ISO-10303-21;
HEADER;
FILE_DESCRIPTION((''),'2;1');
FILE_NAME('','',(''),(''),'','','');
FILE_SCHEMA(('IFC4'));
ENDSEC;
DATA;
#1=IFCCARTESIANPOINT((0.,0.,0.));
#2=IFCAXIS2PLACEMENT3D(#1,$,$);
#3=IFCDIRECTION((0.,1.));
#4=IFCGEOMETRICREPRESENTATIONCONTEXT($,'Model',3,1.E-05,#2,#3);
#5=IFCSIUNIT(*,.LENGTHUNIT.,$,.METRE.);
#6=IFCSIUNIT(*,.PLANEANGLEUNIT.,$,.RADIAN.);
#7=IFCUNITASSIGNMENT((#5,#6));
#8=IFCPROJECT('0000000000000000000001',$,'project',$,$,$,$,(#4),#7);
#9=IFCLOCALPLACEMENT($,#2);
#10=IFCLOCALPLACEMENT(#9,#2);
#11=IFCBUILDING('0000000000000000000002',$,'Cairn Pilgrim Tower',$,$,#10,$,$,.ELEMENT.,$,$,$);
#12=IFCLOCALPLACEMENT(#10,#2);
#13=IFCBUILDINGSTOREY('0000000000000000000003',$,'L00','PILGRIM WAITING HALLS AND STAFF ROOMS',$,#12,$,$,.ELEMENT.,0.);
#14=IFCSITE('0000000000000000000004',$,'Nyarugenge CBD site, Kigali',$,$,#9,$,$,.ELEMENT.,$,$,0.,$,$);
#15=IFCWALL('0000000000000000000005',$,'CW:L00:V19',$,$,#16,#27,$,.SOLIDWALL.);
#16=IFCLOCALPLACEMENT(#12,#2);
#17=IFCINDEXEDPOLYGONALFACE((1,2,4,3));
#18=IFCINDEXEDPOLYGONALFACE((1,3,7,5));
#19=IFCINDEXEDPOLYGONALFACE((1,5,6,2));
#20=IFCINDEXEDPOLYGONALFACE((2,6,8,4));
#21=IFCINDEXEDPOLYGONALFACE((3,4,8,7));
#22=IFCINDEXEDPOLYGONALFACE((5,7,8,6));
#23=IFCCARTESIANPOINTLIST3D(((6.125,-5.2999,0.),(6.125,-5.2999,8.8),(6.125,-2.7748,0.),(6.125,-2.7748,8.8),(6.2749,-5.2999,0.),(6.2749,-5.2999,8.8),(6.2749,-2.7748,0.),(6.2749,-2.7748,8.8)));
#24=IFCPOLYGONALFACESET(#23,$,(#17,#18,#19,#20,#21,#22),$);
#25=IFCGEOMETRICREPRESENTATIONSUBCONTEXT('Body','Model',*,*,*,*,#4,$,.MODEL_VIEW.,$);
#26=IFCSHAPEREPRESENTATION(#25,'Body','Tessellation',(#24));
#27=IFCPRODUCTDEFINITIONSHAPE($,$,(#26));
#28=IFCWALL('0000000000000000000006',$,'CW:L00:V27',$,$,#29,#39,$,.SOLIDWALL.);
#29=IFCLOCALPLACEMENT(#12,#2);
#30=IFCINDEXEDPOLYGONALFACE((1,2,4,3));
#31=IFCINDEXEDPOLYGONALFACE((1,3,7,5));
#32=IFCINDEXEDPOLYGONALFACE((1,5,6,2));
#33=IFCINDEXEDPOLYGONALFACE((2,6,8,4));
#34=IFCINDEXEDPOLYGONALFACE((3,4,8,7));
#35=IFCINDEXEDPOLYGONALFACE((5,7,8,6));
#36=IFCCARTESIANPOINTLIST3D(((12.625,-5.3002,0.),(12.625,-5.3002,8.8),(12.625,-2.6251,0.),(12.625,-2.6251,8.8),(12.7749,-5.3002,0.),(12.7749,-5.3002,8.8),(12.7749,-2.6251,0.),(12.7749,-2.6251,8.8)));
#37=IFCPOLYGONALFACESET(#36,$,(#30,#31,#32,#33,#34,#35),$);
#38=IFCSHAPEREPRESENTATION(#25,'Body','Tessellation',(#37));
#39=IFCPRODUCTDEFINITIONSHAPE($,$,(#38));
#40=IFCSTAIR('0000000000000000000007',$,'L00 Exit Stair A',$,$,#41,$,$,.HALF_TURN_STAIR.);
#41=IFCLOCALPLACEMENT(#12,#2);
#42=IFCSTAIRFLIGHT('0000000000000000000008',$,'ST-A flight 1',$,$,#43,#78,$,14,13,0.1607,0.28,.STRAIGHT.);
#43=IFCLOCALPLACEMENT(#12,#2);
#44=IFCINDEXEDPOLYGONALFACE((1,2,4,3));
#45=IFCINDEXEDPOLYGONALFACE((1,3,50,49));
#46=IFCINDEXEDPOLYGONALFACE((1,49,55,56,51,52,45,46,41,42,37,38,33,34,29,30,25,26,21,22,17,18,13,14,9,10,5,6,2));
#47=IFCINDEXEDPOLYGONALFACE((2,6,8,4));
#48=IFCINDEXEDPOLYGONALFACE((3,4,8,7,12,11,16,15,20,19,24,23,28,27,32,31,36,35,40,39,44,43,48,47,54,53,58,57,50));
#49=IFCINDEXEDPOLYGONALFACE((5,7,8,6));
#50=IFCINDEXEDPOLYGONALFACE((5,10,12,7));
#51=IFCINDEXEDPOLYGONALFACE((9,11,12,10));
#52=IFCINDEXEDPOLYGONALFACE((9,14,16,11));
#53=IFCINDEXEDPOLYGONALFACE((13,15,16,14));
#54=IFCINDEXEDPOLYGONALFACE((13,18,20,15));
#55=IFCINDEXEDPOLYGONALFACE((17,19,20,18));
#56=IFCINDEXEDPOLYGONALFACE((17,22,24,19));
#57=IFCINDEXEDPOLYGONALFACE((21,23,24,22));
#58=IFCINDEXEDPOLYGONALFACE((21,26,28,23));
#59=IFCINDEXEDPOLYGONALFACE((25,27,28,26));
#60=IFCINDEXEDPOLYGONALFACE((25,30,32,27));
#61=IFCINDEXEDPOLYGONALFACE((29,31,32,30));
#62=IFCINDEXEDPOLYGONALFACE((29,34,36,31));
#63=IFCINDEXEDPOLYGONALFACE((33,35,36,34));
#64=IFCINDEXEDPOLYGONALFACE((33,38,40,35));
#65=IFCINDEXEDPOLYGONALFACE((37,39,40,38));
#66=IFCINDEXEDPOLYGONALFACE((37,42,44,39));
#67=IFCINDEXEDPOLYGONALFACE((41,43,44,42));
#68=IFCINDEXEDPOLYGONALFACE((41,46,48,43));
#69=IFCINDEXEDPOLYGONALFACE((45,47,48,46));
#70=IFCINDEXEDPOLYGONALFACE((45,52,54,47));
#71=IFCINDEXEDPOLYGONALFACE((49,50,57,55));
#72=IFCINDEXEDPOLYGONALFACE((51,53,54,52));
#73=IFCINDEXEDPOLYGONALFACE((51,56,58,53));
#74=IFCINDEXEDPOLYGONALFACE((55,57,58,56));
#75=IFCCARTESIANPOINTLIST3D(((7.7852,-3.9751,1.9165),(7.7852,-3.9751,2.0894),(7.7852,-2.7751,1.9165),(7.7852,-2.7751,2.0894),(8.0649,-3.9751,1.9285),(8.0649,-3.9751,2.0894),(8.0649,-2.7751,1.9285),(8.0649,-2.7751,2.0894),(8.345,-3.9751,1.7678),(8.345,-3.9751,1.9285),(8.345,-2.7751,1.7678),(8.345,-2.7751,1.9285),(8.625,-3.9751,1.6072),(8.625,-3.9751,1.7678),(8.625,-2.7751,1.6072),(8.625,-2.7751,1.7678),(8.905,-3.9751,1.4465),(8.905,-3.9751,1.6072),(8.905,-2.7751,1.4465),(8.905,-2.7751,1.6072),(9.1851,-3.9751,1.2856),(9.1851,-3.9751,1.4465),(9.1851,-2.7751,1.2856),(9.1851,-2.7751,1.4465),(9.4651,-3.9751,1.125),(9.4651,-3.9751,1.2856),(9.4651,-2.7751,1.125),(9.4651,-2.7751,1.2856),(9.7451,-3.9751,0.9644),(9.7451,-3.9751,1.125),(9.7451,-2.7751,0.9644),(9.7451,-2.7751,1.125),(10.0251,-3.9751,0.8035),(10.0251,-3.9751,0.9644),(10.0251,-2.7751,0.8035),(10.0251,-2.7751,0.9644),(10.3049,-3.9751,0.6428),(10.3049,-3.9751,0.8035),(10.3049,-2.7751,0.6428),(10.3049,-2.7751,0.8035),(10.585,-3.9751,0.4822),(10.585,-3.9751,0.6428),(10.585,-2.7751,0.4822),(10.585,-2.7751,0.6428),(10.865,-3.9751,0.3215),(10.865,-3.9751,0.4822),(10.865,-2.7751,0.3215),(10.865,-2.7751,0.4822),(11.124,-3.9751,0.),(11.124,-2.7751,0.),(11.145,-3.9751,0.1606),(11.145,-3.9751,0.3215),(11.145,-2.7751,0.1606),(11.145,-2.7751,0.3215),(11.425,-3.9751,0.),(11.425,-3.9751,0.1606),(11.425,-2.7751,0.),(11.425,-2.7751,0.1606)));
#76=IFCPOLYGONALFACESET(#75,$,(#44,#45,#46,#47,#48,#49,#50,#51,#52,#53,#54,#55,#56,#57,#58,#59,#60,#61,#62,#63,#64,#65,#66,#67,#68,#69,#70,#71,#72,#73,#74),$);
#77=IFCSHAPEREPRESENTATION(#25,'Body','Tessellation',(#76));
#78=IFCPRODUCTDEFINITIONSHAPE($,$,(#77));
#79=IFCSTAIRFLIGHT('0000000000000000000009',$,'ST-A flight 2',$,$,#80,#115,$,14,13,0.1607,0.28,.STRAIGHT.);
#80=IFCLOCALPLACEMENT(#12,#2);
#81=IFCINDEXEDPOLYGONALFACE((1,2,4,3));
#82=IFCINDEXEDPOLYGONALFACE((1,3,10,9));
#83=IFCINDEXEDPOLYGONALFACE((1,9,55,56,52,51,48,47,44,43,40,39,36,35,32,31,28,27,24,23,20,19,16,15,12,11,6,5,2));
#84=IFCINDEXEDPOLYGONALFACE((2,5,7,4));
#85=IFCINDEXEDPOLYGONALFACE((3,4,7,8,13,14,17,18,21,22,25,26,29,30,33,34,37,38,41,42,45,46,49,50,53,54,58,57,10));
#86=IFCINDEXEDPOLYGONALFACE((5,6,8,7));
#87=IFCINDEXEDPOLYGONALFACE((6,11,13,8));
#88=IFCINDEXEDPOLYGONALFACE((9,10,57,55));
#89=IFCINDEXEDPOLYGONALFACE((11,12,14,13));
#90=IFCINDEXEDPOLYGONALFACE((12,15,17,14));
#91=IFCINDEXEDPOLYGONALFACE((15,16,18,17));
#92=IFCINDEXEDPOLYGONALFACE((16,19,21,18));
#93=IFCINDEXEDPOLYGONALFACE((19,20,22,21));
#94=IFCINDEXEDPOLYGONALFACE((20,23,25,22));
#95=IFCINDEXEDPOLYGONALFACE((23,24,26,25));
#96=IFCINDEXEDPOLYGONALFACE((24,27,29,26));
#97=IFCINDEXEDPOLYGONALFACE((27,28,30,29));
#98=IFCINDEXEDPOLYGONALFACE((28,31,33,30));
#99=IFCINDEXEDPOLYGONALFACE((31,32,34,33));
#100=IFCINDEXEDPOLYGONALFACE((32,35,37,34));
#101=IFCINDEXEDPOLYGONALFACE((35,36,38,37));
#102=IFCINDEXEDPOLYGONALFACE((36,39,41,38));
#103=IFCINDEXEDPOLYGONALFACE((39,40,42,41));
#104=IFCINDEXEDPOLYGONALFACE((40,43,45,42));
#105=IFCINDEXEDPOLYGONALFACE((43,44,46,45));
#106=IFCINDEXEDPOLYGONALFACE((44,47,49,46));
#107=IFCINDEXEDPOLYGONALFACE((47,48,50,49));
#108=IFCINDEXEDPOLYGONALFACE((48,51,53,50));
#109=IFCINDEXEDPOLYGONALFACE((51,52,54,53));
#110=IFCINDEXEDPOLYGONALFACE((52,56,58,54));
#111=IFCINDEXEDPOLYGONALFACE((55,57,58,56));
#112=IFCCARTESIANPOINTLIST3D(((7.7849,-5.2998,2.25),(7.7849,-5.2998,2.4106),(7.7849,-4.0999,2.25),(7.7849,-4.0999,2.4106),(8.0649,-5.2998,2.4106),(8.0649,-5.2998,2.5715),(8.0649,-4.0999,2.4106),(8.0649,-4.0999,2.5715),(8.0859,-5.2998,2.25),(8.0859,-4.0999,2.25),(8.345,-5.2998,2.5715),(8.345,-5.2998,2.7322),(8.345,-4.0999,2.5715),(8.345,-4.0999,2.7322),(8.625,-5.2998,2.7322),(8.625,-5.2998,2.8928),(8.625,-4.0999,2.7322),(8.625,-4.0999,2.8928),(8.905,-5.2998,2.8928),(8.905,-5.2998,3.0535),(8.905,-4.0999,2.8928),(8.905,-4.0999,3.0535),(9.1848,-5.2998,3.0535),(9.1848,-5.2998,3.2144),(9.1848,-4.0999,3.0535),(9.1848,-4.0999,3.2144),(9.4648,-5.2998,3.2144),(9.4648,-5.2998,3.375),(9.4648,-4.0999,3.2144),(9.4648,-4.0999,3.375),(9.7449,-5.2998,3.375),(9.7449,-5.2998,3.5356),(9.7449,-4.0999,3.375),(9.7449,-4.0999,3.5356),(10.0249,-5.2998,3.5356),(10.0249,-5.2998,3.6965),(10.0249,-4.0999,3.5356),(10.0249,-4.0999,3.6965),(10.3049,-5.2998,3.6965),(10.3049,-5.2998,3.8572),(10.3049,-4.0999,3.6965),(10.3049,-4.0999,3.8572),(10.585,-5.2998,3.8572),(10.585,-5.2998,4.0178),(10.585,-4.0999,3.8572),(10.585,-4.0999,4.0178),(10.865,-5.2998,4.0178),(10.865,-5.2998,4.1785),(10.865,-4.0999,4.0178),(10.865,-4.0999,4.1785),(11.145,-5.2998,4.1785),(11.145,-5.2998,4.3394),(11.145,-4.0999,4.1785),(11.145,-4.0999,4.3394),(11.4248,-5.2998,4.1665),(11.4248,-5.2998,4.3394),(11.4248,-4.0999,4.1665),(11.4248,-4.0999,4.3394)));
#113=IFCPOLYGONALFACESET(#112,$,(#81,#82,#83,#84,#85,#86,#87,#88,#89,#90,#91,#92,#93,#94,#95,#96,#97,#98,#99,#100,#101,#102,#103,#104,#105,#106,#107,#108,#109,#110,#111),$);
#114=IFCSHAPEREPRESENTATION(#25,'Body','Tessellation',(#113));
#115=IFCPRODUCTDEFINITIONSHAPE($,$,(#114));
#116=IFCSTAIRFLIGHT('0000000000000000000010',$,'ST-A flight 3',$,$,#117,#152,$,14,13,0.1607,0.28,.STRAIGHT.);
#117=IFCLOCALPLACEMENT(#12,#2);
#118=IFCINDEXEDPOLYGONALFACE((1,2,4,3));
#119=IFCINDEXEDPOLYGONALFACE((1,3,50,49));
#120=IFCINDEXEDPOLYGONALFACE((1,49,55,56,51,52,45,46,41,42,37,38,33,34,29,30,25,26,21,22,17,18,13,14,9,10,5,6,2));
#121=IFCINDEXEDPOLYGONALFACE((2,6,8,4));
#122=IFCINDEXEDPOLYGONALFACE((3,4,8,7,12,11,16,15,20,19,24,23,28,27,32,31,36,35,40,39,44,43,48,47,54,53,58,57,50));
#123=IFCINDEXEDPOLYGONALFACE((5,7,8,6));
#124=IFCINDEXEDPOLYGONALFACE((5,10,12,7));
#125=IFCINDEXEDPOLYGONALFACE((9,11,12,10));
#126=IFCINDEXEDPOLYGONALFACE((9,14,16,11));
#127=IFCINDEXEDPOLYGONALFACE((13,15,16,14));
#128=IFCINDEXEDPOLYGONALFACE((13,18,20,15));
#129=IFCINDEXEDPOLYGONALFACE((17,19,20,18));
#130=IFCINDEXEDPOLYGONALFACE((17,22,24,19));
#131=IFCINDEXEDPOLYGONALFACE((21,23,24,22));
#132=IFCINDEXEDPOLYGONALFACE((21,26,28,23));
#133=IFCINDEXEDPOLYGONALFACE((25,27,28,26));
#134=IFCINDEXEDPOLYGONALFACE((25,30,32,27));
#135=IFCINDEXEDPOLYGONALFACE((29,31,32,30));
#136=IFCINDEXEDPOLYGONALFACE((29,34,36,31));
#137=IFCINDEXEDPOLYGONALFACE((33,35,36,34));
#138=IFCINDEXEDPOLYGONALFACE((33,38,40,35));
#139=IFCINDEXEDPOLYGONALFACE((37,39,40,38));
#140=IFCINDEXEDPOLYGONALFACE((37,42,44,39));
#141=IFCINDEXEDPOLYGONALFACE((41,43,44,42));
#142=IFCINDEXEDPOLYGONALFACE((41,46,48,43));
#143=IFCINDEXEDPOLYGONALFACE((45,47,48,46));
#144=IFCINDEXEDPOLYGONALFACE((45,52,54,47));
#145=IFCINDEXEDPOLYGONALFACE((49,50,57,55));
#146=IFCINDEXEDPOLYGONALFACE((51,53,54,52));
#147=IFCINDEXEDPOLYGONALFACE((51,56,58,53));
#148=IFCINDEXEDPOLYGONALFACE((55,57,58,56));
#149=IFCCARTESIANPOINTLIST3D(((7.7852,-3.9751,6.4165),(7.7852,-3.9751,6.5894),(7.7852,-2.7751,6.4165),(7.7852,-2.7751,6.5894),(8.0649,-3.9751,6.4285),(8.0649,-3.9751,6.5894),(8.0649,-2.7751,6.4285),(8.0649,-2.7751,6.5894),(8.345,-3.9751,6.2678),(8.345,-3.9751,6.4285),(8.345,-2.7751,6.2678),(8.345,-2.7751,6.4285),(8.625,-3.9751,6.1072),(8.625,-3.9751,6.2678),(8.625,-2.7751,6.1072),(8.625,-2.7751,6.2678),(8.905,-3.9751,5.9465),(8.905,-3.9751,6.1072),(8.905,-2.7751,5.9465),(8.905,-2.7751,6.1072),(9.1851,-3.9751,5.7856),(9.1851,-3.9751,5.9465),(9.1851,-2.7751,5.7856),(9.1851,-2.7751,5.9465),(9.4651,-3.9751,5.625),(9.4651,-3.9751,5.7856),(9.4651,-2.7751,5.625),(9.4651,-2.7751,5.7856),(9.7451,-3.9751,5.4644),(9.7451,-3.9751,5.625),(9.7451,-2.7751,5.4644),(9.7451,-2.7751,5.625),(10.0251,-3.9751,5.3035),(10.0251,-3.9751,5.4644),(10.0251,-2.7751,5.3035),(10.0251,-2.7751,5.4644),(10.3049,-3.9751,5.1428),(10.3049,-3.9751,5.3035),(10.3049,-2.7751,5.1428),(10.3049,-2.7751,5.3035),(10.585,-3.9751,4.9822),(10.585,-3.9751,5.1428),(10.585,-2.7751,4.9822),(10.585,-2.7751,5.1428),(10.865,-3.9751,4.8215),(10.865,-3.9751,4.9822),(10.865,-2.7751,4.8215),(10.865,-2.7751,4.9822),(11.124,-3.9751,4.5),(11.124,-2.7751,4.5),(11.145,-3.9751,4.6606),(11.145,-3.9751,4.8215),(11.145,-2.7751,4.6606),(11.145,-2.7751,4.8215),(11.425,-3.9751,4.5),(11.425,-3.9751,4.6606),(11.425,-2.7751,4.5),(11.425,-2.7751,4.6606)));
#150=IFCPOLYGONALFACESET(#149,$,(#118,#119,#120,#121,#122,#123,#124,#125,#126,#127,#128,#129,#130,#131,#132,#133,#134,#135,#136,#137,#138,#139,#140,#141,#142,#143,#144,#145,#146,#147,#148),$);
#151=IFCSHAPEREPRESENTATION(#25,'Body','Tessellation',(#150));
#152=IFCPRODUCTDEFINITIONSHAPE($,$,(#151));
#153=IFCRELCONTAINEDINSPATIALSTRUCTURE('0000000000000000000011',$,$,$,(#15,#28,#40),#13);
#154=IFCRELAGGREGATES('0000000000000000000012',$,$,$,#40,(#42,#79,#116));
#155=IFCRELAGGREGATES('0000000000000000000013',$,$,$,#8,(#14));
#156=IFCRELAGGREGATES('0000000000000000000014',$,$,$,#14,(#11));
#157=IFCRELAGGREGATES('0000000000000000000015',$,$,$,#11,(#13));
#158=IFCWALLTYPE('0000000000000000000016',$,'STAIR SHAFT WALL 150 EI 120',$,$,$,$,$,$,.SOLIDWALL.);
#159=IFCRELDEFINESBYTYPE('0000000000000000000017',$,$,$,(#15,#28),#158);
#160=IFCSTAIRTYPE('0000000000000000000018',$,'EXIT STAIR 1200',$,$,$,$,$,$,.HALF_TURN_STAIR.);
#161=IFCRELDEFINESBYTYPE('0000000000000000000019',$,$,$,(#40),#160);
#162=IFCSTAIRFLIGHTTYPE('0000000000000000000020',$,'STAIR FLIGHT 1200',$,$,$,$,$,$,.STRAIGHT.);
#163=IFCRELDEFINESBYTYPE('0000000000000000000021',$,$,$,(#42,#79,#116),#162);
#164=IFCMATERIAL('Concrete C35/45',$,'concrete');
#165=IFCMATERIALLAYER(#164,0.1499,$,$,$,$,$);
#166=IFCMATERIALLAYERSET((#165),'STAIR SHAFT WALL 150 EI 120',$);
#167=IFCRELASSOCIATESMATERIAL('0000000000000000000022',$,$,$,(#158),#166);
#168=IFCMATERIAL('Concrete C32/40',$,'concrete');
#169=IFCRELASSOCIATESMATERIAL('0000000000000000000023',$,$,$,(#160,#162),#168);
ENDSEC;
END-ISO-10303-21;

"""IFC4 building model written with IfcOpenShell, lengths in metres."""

from ifc_helpers import new_model, si_unit, direction, frame, frame_2d, origin, place, context, subcontext, project, spatial, polyline, rectangle, outline, extrude, material, layer, layer_set, type_object, element, aggregate, save


model = new_model("IFC4")

# Units and contexts
model_context = context("Model", 3, precision=1e-05, world=origin(), true_north=direction((0.0, 1.0)))
body_context = subcontext(model_context, "Body", "Model", "MODEL_VIEW")
ifc_project = project(units=[si_unit("LENGTHUNIT", "METRE"), si_unit("PLANEANGLEUNIT", "RADIAN")], contexts=[model_context])

# Site, building, storey
site_placement = place(None, origin())
site = spatial("IfcSite", under=ifc_project, at=site_placement, Name="Nyarugenge CBD site, Kigali", CompositionType="ELEMENT", RefElevation=0.0)
building_placement = place(site_placement, origin())
building = spatial("IfcBuilding", under=site, at=building_placement, Name="Cairn Pilgrim Tower", CompositionType="ELEMENT")
storey_placement = place(building_placement, origin())
storey = spatial("IfcBuildingStorey", under=building, at=storey_placement, Name="L00", Description="PILGRIM WAITING HALLS AND STAFF ROOMS", CompositionType="ELEMENT", Elevation=0.0)

# Shared definitions
ifc_material_1 = material(Name="Concrete C35/45", Category="concrete")

# Shared definitions
ifc_material_2 = material(Name="Concrete C32/40", Category="concrete")

# Shared definitions
ifc_layer_1 = layer(ifc_material_1, 0.1499)
ifc_layer_set_1 = layer_set([ifc_layer_1], Name="STAIR SHAFT WALL 150 EI 120")
wall_type_1 = type_object("IfcWallType", Name="STAIR SHAFT WALL 150 EI 120", PredefinedType="SOLIDWALL", material=ifc_layer_set_1)

# Walls
wall_1_placement = place(storey_placement, frame((6.2, -5.3, 0.0), z_axis=(0.0, 0.0, 1.0), x_axis=(0.0, 1.0, 0.0)))
element("IfcWall", 1, at=wall_1_placement, inside=storey, type_object=wall_type_1, Name="CW:L00:V19", PredefinedType="SOLIDWALL", context=body_context, shape_type="SweptSolid", body=[
    extrude(rectangle(XDim=2.5251, YDim=0.1499, at=frame_2d((1.2627, 0.0))), origin(), (0.0, 0.0, 1.0), 8.8),
])
wall_2_placement = place(storey_placement, frame((12.7, -5.3, 0.0), z_axis=(0.0, 0.0, 1.0), x_axis=(0.0, 1.0, 0.0)))
element("IfcWall", 2, at=wall_2_placement, inside=storey, type_object=wall_type_1, Name="CW:L00:V27", PredefinedType="SOLIDWALL", context=body_context, shape_type="SweptSolid", body=[
    extrude(rectangle(XDim=2.675, YDim=0.1499, at=frame_2d((1.3374, 0.0))), origin(), (0.0, 0.0, 1.0), 8.8),
])

# Stair, stair flights
stair_type = type_object("IfcStairType", Name="EXIT STAIR 1200", PredefinedType="HALF_TURN_STAIR", material=ifc_material_2)
stair_placement = place(storey_placement, origin())
stair = element("IfcStair", 3, at=stair_placement, inside=storey, type_object=stair_type, Name="L00 Exit Stair A", PredefinedType="HALF_TURN_STAIR")
stair_flight_type = type_object("IfcStairFlightType", Name="STAIR FLIGHT 1200", PredefinedType="STRAIGHT", material=ifc_material_2)
stair_flight_1_placement = place(storey_placement, frame((11.425, -3.375, 0.0), z_axis=(0.0, 0.0, 1.0), x_axis=(-1.0, 0.0, 0.0)))
stair_flight_1 = element("IfcStairFlight", 4, at=stair_flight_1_placement, type_object=stair_flight_type, Name="ST-A flight 1", NumberOfRisers=14, NumberOfTreads=13, PredefinedType="STRAIGHT", RiserHeight=0.1607, TreadLength=0.28, context=body_context, shape_type="SweptSolid", body=[
    extrude(outline(polyline([(0.0, 0.0), (0.0, 0.1606), (0.28, 0.1606), (0.28, 0.3215), (0.5601, 0.3215), (0.5601, 0.4822), (0.8401, 0.4822), (0.8401, 0.6428), (1.1201, 0.6428), (1.1201, 0.8035), (1.3999, 0.8035), (1.3999, 0.9644), (1.6799, 0.9644), (1.6799, 1.125), (1.96, 1.125), (1.96, 1.2856), (2.24, 1.2856), (2.24, 1.4465), (2.52, 1.4465), (2.52, 1.6072), (2.8, 1.6072), (2.8, 1.7678), (3.0801, 1.7678), (3.0801, 1.9285), (3.3601, 1.9285), (3.3601, 2.0894), (3.6399, 2.0894), (3.6399, 2.25), (3.6399, 1.9165), (0.301, 0.0), (0.0, 0.0)])), frame((0.0, 0.6001, 0.0), z_axis=(0.0, -1.0, 0.0), x_axis=(1.0, 0.0, 0.0)), (0.0, 0.0, 1.0), 1.2),
])
stair_flight_2_placement = place(storey_placement, frame((7.7849, -4.7, 2.25), z_axis=(0.0, 0.0, 1.0), x_axis=(1.0, 0.0, 0.0)))
stair_flight_2 = element("IfcStairFlight", 5, at=stair_flight_2_placement, type_object=stair_flight_type, Name="ST-A flight 2", NumberOfRisers=14, NumberOfTreads=13, PredefinedType="STRAIGHT", RiserHeight=0.1607, TreadLength=0.28, context=body_context, shape_type="SweptSolid", body=[
    extrude(outline(polyline([(0.0, 0.0), (0.0, 0.1606), (0.28, 0.1606), (0.28, 0.3215), (0.5601, 0.3215), (0.5601, 0.4822), (0.8401, 0.4822), (0.8401, 0.6428), (1.1201, 0.6428), (1.1201, 0.8035), (1.3999, 0.8035), (1.3999, 0.9644), (1.6799, 0.9644), (1.6799, 1.125), (1.96, 1.125), (1.96, 1.2856), (2.24, 1.2856), (2.24, 1.4465), (2.52, 1.4465), (2.52, 1.6072), (2.8, 1.6072), (2.8, 1.7678), (3.0801, 1.7678), (3.0801, 1.9285), (3.3601, 1.9285), (3.3601, 2.0894), (3.6399, 2.0894), (3.6399, 2.25), (3.6399, 1.9165), (0.301, 0.0), (0.0, 0.0)])), frame((0.0, 0.6001, 0.0), z_axis=(0.0, -1.0, 0.0), x_axis=(1.0, 0.0, 0.0)), (0.0, 0.0, 1.0), 1.2),
])
stair_flight_3_placement = place(storey_placement, frame((11.425, -3.375, 4.5), z_axis=(0.0, 0.0, 1.0), x_axis=(-1.0, 0.0, 0.0)))
stair_flight_3 = element("IfcStairFlight", 6, at=stair_flight_3_placement, type_object=stair_flight_type, Name="ST-A flight 3", NumberOfRisers=14, NumberOfTreads=13, PredefinedType="STRAIGHT", RiserHeight=0.1607, TreadLength=0.28, context=body_context, shape_type="SweptSolid", body=[
    extrude(outline(polyline([(0.0, 0.0), (0.0, 0.1606), (0.28, 0.1606), (0.28, 0.3215), (0.5601, 0.3215), (0.5601, 0.4822), (0.8401, 0.4822), (0.8401, 0.6428), (1.1201, 0.6428), (1.1201, 0.8035), (1.3999, 0.8035), (1.3999, 0.9644), (1.6799, 0.9644), (1.6799, 1.125), (1.96, 1.125), (1.96, 1.2856), (2.24, 1.2856), (2.24, 1.4465), (2.52, 1.4465), (2.52, 1.6072), (2.8, 1.6072), (2.8, 1.7678), (3.0801, 1.7678), (3.0801, 1.9285), (3.3601, 1.9285), (3.3601, 2.0894), (3.6399, 2.0894), (3.6399, 2.25), (3.6399, 1.9165), (0.301, 0.0), (0.0, 0.0)])), frame((0.0, 0.6001, 0.0), z_axis=(0.0, -1.0, 0.0), x_axis=(1.0, 0.0, 0.0)), (0.0, 0.0, 1.0), 1.2),
])
aggregate(stair, [stair_flight_1, stair_flight_2, stair_flight_3])

save(model, "model.ifc")
